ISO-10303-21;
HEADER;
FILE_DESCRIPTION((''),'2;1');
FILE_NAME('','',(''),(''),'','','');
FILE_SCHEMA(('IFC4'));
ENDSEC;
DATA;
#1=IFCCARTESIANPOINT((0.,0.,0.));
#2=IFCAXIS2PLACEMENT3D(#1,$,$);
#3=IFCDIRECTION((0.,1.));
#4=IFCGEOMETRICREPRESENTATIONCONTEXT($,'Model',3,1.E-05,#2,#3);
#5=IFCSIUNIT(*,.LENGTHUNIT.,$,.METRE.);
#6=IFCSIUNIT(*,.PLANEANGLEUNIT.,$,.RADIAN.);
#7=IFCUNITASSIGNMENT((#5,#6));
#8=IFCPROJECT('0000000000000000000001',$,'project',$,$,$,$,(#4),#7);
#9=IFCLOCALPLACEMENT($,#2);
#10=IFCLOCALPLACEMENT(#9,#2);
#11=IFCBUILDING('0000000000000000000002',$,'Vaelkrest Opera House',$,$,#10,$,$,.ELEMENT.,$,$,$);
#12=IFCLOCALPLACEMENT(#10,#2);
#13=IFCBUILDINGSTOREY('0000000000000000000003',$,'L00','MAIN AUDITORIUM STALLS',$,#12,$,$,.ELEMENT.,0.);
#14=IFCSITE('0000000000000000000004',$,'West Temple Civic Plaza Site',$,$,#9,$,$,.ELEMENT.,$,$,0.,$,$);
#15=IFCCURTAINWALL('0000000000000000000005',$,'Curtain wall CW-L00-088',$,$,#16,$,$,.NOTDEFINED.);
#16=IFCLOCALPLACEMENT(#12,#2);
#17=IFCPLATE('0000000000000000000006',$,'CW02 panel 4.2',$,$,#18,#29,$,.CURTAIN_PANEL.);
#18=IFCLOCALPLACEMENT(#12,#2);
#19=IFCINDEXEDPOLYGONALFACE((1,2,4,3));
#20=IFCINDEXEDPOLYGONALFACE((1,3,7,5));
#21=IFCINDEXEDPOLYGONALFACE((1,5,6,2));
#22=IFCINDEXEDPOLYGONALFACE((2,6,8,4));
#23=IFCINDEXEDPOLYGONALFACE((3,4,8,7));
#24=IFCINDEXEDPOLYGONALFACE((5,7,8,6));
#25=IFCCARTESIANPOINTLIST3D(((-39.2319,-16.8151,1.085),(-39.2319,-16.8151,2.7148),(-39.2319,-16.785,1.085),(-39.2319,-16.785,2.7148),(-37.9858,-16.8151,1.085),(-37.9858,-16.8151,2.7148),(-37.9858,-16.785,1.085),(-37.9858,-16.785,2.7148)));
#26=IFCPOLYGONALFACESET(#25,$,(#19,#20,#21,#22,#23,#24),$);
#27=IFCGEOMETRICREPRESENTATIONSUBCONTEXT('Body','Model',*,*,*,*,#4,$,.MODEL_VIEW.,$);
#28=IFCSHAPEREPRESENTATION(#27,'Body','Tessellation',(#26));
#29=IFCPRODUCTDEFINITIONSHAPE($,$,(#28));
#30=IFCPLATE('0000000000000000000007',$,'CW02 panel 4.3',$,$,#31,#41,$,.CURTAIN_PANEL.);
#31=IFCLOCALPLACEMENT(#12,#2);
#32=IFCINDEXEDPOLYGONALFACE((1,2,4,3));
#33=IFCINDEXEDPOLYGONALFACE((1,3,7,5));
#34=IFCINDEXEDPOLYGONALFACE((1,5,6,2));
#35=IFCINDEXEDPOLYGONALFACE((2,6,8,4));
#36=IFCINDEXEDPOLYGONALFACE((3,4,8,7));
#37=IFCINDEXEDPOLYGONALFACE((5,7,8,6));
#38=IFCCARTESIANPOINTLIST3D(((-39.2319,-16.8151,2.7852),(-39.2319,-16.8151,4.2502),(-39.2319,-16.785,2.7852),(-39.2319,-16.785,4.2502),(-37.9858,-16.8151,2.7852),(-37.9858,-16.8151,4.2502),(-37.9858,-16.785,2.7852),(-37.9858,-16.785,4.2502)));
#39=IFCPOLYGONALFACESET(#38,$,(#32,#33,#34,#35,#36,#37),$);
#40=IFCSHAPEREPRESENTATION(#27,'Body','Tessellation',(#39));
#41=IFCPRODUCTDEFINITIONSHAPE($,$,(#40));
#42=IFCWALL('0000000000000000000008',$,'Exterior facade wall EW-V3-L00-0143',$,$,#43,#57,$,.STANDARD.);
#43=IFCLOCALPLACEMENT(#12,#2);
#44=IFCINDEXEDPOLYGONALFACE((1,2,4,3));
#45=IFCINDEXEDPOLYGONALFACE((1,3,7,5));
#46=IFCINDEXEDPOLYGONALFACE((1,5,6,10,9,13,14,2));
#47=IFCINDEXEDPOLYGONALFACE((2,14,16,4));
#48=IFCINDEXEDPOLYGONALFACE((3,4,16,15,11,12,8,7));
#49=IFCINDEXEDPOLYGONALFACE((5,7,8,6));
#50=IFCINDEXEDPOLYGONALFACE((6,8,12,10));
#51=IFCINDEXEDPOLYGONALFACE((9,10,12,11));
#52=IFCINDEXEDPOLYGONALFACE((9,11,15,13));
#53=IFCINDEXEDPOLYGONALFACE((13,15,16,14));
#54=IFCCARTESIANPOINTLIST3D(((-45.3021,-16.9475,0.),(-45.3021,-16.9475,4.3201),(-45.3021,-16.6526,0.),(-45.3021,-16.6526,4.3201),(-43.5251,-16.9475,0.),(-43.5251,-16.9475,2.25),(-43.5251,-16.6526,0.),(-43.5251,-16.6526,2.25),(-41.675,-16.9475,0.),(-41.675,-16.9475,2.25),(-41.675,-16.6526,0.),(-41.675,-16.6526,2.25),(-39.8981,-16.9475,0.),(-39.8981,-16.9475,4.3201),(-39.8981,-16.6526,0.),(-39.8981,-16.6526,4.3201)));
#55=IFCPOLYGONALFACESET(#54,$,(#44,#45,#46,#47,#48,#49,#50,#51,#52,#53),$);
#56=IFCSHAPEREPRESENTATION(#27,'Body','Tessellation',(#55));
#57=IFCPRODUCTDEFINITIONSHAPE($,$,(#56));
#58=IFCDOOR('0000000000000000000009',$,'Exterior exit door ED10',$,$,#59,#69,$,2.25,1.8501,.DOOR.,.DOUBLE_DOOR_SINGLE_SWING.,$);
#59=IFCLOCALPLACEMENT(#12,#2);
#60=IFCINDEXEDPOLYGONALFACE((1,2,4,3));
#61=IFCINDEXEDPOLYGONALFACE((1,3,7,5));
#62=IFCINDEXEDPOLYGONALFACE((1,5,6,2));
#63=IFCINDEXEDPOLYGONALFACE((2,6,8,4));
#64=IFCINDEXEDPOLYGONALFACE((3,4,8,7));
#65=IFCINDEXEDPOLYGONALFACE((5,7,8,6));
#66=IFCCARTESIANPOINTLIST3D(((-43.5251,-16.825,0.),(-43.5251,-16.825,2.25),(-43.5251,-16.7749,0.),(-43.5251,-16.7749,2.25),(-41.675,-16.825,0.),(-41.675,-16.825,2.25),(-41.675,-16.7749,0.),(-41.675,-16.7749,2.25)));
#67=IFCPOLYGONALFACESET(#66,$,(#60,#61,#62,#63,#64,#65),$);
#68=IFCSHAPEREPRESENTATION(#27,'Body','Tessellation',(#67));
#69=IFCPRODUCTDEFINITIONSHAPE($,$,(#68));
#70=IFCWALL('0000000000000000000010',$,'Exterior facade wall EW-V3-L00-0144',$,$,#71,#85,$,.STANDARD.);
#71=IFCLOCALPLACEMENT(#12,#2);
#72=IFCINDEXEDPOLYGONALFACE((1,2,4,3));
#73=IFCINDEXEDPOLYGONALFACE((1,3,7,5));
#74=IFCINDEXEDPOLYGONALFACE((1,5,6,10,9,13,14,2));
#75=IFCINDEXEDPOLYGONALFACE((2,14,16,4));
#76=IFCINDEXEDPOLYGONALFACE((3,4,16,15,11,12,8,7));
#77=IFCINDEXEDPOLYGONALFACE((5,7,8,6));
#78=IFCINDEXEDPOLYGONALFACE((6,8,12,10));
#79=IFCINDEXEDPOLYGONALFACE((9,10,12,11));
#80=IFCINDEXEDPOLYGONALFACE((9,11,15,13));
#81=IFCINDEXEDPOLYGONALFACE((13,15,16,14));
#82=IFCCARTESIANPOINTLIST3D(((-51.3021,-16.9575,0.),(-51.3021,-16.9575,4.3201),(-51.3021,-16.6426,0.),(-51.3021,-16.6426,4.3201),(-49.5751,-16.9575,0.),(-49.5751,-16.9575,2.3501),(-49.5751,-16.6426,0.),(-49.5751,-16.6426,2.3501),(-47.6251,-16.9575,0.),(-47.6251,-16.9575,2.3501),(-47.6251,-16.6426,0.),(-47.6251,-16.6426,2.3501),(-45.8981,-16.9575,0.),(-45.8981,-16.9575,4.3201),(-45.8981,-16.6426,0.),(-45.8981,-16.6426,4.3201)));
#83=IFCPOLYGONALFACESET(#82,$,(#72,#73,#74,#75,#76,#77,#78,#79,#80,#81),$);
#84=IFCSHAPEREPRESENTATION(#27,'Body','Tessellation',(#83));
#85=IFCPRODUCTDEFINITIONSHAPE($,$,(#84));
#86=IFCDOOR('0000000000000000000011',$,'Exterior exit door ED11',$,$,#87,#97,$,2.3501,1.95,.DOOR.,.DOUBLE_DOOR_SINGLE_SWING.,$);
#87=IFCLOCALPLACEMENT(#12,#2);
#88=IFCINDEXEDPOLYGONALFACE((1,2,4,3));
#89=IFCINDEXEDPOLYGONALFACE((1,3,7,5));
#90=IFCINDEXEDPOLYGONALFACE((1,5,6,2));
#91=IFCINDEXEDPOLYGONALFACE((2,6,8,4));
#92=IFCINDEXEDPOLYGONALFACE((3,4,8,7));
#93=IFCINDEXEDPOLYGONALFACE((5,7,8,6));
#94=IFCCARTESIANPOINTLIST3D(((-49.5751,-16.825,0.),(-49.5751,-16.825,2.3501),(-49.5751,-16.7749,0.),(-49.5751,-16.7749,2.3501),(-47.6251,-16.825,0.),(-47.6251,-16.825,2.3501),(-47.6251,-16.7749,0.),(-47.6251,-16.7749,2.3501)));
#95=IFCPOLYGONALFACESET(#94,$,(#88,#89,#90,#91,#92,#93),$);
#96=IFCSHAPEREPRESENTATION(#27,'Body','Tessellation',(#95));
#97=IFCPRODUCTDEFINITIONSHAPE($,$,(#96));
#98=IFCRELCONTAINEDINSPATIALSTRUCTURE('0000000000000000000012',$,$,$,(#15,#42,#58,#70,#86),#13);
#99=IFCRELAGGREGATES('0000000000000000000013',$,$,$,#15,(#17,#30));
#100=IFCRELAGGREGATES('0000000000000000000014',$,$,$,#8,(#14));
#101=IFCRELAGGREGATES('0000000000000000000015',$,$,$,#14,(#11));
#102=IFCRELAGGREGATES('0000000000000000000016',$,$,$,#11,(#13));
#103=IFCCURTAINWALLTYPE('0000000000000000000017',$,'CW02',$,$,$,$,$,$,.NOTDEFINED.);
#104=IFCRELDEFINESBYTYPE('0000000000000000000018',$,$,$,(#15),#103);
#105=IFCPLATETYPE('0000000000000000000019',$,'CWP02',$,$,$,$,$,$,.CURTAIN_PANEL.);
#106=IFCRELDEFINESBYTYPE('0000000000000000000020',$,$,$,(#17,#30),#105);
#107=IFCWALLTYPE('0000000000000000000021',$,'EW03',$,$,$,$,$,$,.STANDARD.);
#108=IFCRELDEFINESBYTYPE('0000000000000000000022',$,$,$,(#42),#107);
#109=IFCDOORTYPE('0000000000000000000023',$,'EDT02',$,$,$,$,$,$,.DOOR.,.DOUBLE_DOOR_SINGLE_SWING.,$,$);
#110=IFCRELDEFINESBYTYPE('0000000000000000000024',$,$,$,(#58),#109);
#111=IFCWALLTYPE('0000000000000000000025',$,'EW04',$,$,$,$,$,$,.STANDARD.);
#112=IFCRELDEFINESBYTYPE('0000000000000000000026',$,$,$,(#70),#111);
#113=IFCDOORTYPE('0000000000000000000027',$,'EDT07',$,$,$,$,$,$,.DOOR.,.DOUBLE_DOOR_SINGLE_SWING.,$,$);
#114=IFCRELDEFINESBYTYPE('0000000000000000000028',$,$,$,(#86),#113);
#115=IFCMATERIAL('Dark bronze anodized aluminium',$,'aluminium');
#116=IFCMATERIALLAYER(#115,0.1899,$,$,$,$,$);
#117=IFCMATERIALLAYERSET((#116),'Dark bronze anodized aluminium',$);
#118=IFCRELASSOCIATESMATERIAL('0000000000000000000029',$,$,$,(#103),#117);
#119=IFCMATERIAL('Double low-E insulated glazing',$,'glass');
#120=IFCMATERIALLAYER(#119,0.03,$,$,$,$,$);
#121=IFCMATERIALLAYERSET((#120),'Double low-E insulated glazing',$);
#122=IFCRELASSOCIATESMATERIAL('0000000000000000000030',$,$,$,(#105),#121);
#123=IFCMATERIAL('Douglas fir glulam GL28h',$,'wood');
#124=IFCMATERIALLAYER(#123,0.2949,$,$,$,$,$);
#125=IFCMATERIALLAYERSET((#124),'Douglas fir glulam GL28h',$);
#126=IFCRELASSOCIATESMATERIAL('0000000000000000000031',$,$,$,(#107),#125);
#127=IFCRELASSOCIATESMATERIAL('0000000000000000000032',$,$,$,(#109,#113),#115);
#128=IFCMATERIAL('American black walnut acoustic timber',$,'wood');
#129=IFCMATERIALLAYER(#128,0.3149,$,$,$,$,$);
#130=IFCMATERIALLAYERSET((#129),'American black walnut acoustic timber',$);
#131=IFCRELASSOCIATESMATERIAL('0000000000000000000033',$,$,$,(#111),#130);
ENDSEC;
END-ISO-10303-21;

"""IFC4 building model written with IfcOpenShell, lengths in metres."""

from ifc_helpers import new_model, si_unit, direction, frame, frame_2d, origin, origin_2d, place, context, subcontext, project, spatial, rectangle, extrude, material, layer, layer_set, type_object, element, fill, aggregate, save


model = new_model("IFC4")

# Units and contexts
model_context = context("Model", 3, precision=1e-05, world=origin(), true_north=direction((0.0, 1.0)))
body_context = subcontext(model_context, "Body", "Model", "MODEL_VIEW")
ifc_project = project(units=[si_unit("LENGTHUNIT", "METRE"), si_unit("PLANEANGLEUNIT", "RADIAN")], contexts=[model_context])

# Site, building, storey
site_placement = place(None, origin())
site = spatial("IfcSite", under=ifc_project, at=site_placement, Name="West Temple Civic Plaza Site", CompositionType="ELEMENT", RefElevation=0.0)
building_placement = place(site_placement, origin())
building = spatial("IfcBuilding", under=site, at=building_placement, Name="Vaelkrest Opera House", CompositionType="ELEMENT")
storey_placement = place(building_placement, origin())
storey = spatial("IfcBuildingStorey", under=building, at=storey_placement, Name="L00", Description="MAIN AUDITORIUM STALLS", CompositionType="ELEMENT", Elevation=0.0)

# Curtain wall
ifc_material_1 = material(Name="Dark bronze anodized aluminium", Category="aluminium")
ifc_layer_1 = layer(ifc_material_1, 0.1899)
ifc_layer_set_1 = layer_set([ifc_layer_1], Name="Dark bronze anodized aluminium")
curtain_wall_type = type_object("IfcCurtainWallType", Name="CW02", PredefinedType="NOTDEFINED", material=ifc_layer_set_1)
curtain_wall_placement = place(storey_placement, origin())
curtain_wall = element("IfcCurtainWall", 1, at=curtain_wall_placement, inside=storey, type_object=curtain_wall_type, Name="Curtain wall CW-L00-088", PredefinedType="NOTDEFINED")

# Plates
ifc_material_2 = material(Name="Double low-E insulated glazing", Category="glass")
ifc_layer_2 = layer(ifc_material_2, 0.03)
ifc_layer_set_2 = layer_set([ifc_layer_2], Name="Double low-E insulated glazing")
plate_type = type_object("IfcPlateType", Name="CWP02", PredefinedType="CURTAIN_PANEL", material=ifc_layer_set_2)
plate_1_placement = place(storey_placement, frame((-38.6089, -16.8, 1.085), z_axis=(0.0, 0.0, 1.0), x_axis=(-1.0, 0.0, 0.0)))
plate_1 = element("IfcPlate", 2, at=plate_1_placement, type_object=plate_type, Name="CW02 panel 4.2", PredefinedType="CURTAIN_PANEL", context=body_context, shape_type="SweptSolid", body=[
    extrude(rectangle(XDim=1.2461, YDim=0.03, at=origin_2d()), origin(), (0.0, 0.0, 1.0), 1.6299),
])
plate_2_placement = place(storey_placement, frame((-38.6089, -16.8, 2.7852), z_axis=(0.0, 0.0, 1.0), x_axis=(-1.0, 0.0, 0.0)))
plate_2 = element("IfcPlate", 3, at=plate_2_placement, type_object=plate_type, Name="CW02 panel 4.3", PredefinedType="CURTAIN_PANEL", context=body_context, shape_type="SweptSolid", body=[
    extrude(rectangle(XDim=1.2461, YDim=0.03, at=origin_2d()), origin(), (0.0, 0.0, 1.0), 1.4651),
])
aggregate(curtain_wall, [plate_1, plate_2])

# Walls, openings, doors
ifc_material_3 = material(Name="Douglas fir glulam GL28h", Category="wood")
ifc_layer_3 = layer(ifc_material_3, 0.2949)
ifc_layer_set_3 = layer_set([ifc_layer_3], Name="Douglas fir glulam GL28h")
wall_type_1 = type_object("IfcWallType", Name="EW03", PredefinedType="STANDARD", material=ifc_layer_set_3)
wall_1_placement = place(storey_placement, frame((-39.8979, -16.8, 0.0), z_axis=(0.0, 0.0, 1.0), x_axis=(-1.0, 0.0, 0.0)))
wall_1 = element("IfcWall", 4, at=wall_1_placement, inside=storey, type_object=wall_type_1, Name="Exterior facade wall EW-V3-L00-0143", PredefinedType="STANDARD", context=body_context, shape_type="SweptSolid", body=[
    extrude(rectangle(XDim=5.4041, YDim=0.2949, at=frame_2d((2.7021, 0.0))), origin(), (0.0, 0.0, 1.0), 4.3201),
])
opening_1_placement = place(wall_1_placement, frame((1.7771, 0.0, 0.0)))
opening_1 = element("IfcOpeningElement", 5, at=opening_1_placement, cuts=wall_1, PredefinedType="OPENING", context=body_context, shape_type="SweptSolid", body=[
    extrude(rectangle(XDim=1.8501, YDim=2.25, at=frame_2d((0.925, 1.125))), frame((0.0, 0.1575, 0.0), z_axis=(0.0, -1.0, 0.0), x_axis=(1.0, 0.0, 0.0)), (0.0, 0.0, 1.0), 0.3149),
])
door_type_1 = type_object("IfcDoorType", Name="EDT02", OperationType="DOUBLE_DOOR_SINGLE_SWING", PredefinedType="DOOR", material=ifc_material_1)
door_1_placement = place(opening_1_placement, origin())
door_1 = element("IfcDoor", 6, at=door_1_placement, inside=storey, type_object=door_type_1, Name="Exterior exit door ED10", OperationType="DOUBLE_DOOR_SINGLE_SWING", OverallHeight=2.25, OverallWidth=1.8501, PredefinedType="DOOR", context=body_context, shape_type="SweptSolid", body=[
    extrude(rectangle(XDim=1.8501, YDim=2.25, at=frame_2d((0.925, 1.125))), frame((0.0, 0.0249, 0.0), z_axis=(0.0, -1.0, 0.0), x_axis=(1.0, 0.0, 0.0)), (0.0, 0.0, 1.0), 0.05),
])
fill(opening_1, door_1)
ifc_material_4 = material(Name="American black walnut acoustic timber", Category="wood")
ifc_layer_4 = layer(ifc_material_4, 0.3149)
ifc_layer_set_4 = layer_set([ifc_layer_4], Name="American black walnut acoustic timber")
wall_type_2 = type_object("IfcWallType", Name="EW04", PredefinedType="STANDARD", material=ifc_layer_set_4)
wall_2_placement = place(storey_placement, frame((-45.8979, -16.8, 0.0), z_axis=(0.0, 0.0, 1.0), x_axis=(-1.0, 0.0, 0.0)))
wall_2 = element("IfcWall", 7, at=wall_2_placement, inside=storey, type_object=wall_type_2, Name="Exterior facade wall EW-V3-L00-0144", PredefinedType="STANDARD", context=body_context, shape_type="SweptSolid", body=[
    extrude(rectangle(XDim=5.4041, YDim=0.3149, at=frame_2d((2.7021, 0.0))), origin(), (0.0, 0.0, 1.0), 4.3201),
])
opening_2_placement = place(wall_2_placement, frame((1.7271, 0.0, 0.0)))
opening_2 = element("IfcOpeningElement", 8, at=opening_2_placement, cuts=wall_2, PredefinedType="OPENING", context=body_context, shape_type="SweptSolid", body=[
    extrude(rectangle(XDim=1.95, YDim=2.3501, at=frame_2d((0.9751, 1.175))), frame((0.0, 0.1675, 0.0), z_axis=(0.0, -1.0, 0.0), x_axis=(1.0, 0.0, 0.0)), (0.0, 0.0, 1.0), 0.335),
])
door_type_2 = type_object("IfcDoorType", Name="EDT07", OperationType="DOUBLE_DOOR_SINGLE_SWING", PredefinedType="DOOR", material=ifc_material_1)
door_2_placement = place(opening_2_placement, origin())
door_2 = element("IfcDoor", 9, at=door_2_placement, inside=storey, type_object=door_type_2, Name="Exterior exit door ED11", OperationType="DOUBLE_DOOR_SINGLE_SWING", OverallHeight=2.3501, OverallWidth=1.95, PredefinedType="DOOR", context=body_context, shape_type="SweptSolid", body=[
    extrude(rectangle(XDim=1.95, YDim=2.3501, at=frame_2d((0.9751, 1.175))), frame((0.0, 0.0249, 0.0), z_axis=(0.0, -1.0, 0.0), x_axis=(1.0, 0.0, 0.0)), (0.0, 0.0, 1.0), 0.05),
])
fill(opening_2, door_2)

save(model, "model.ifc")
